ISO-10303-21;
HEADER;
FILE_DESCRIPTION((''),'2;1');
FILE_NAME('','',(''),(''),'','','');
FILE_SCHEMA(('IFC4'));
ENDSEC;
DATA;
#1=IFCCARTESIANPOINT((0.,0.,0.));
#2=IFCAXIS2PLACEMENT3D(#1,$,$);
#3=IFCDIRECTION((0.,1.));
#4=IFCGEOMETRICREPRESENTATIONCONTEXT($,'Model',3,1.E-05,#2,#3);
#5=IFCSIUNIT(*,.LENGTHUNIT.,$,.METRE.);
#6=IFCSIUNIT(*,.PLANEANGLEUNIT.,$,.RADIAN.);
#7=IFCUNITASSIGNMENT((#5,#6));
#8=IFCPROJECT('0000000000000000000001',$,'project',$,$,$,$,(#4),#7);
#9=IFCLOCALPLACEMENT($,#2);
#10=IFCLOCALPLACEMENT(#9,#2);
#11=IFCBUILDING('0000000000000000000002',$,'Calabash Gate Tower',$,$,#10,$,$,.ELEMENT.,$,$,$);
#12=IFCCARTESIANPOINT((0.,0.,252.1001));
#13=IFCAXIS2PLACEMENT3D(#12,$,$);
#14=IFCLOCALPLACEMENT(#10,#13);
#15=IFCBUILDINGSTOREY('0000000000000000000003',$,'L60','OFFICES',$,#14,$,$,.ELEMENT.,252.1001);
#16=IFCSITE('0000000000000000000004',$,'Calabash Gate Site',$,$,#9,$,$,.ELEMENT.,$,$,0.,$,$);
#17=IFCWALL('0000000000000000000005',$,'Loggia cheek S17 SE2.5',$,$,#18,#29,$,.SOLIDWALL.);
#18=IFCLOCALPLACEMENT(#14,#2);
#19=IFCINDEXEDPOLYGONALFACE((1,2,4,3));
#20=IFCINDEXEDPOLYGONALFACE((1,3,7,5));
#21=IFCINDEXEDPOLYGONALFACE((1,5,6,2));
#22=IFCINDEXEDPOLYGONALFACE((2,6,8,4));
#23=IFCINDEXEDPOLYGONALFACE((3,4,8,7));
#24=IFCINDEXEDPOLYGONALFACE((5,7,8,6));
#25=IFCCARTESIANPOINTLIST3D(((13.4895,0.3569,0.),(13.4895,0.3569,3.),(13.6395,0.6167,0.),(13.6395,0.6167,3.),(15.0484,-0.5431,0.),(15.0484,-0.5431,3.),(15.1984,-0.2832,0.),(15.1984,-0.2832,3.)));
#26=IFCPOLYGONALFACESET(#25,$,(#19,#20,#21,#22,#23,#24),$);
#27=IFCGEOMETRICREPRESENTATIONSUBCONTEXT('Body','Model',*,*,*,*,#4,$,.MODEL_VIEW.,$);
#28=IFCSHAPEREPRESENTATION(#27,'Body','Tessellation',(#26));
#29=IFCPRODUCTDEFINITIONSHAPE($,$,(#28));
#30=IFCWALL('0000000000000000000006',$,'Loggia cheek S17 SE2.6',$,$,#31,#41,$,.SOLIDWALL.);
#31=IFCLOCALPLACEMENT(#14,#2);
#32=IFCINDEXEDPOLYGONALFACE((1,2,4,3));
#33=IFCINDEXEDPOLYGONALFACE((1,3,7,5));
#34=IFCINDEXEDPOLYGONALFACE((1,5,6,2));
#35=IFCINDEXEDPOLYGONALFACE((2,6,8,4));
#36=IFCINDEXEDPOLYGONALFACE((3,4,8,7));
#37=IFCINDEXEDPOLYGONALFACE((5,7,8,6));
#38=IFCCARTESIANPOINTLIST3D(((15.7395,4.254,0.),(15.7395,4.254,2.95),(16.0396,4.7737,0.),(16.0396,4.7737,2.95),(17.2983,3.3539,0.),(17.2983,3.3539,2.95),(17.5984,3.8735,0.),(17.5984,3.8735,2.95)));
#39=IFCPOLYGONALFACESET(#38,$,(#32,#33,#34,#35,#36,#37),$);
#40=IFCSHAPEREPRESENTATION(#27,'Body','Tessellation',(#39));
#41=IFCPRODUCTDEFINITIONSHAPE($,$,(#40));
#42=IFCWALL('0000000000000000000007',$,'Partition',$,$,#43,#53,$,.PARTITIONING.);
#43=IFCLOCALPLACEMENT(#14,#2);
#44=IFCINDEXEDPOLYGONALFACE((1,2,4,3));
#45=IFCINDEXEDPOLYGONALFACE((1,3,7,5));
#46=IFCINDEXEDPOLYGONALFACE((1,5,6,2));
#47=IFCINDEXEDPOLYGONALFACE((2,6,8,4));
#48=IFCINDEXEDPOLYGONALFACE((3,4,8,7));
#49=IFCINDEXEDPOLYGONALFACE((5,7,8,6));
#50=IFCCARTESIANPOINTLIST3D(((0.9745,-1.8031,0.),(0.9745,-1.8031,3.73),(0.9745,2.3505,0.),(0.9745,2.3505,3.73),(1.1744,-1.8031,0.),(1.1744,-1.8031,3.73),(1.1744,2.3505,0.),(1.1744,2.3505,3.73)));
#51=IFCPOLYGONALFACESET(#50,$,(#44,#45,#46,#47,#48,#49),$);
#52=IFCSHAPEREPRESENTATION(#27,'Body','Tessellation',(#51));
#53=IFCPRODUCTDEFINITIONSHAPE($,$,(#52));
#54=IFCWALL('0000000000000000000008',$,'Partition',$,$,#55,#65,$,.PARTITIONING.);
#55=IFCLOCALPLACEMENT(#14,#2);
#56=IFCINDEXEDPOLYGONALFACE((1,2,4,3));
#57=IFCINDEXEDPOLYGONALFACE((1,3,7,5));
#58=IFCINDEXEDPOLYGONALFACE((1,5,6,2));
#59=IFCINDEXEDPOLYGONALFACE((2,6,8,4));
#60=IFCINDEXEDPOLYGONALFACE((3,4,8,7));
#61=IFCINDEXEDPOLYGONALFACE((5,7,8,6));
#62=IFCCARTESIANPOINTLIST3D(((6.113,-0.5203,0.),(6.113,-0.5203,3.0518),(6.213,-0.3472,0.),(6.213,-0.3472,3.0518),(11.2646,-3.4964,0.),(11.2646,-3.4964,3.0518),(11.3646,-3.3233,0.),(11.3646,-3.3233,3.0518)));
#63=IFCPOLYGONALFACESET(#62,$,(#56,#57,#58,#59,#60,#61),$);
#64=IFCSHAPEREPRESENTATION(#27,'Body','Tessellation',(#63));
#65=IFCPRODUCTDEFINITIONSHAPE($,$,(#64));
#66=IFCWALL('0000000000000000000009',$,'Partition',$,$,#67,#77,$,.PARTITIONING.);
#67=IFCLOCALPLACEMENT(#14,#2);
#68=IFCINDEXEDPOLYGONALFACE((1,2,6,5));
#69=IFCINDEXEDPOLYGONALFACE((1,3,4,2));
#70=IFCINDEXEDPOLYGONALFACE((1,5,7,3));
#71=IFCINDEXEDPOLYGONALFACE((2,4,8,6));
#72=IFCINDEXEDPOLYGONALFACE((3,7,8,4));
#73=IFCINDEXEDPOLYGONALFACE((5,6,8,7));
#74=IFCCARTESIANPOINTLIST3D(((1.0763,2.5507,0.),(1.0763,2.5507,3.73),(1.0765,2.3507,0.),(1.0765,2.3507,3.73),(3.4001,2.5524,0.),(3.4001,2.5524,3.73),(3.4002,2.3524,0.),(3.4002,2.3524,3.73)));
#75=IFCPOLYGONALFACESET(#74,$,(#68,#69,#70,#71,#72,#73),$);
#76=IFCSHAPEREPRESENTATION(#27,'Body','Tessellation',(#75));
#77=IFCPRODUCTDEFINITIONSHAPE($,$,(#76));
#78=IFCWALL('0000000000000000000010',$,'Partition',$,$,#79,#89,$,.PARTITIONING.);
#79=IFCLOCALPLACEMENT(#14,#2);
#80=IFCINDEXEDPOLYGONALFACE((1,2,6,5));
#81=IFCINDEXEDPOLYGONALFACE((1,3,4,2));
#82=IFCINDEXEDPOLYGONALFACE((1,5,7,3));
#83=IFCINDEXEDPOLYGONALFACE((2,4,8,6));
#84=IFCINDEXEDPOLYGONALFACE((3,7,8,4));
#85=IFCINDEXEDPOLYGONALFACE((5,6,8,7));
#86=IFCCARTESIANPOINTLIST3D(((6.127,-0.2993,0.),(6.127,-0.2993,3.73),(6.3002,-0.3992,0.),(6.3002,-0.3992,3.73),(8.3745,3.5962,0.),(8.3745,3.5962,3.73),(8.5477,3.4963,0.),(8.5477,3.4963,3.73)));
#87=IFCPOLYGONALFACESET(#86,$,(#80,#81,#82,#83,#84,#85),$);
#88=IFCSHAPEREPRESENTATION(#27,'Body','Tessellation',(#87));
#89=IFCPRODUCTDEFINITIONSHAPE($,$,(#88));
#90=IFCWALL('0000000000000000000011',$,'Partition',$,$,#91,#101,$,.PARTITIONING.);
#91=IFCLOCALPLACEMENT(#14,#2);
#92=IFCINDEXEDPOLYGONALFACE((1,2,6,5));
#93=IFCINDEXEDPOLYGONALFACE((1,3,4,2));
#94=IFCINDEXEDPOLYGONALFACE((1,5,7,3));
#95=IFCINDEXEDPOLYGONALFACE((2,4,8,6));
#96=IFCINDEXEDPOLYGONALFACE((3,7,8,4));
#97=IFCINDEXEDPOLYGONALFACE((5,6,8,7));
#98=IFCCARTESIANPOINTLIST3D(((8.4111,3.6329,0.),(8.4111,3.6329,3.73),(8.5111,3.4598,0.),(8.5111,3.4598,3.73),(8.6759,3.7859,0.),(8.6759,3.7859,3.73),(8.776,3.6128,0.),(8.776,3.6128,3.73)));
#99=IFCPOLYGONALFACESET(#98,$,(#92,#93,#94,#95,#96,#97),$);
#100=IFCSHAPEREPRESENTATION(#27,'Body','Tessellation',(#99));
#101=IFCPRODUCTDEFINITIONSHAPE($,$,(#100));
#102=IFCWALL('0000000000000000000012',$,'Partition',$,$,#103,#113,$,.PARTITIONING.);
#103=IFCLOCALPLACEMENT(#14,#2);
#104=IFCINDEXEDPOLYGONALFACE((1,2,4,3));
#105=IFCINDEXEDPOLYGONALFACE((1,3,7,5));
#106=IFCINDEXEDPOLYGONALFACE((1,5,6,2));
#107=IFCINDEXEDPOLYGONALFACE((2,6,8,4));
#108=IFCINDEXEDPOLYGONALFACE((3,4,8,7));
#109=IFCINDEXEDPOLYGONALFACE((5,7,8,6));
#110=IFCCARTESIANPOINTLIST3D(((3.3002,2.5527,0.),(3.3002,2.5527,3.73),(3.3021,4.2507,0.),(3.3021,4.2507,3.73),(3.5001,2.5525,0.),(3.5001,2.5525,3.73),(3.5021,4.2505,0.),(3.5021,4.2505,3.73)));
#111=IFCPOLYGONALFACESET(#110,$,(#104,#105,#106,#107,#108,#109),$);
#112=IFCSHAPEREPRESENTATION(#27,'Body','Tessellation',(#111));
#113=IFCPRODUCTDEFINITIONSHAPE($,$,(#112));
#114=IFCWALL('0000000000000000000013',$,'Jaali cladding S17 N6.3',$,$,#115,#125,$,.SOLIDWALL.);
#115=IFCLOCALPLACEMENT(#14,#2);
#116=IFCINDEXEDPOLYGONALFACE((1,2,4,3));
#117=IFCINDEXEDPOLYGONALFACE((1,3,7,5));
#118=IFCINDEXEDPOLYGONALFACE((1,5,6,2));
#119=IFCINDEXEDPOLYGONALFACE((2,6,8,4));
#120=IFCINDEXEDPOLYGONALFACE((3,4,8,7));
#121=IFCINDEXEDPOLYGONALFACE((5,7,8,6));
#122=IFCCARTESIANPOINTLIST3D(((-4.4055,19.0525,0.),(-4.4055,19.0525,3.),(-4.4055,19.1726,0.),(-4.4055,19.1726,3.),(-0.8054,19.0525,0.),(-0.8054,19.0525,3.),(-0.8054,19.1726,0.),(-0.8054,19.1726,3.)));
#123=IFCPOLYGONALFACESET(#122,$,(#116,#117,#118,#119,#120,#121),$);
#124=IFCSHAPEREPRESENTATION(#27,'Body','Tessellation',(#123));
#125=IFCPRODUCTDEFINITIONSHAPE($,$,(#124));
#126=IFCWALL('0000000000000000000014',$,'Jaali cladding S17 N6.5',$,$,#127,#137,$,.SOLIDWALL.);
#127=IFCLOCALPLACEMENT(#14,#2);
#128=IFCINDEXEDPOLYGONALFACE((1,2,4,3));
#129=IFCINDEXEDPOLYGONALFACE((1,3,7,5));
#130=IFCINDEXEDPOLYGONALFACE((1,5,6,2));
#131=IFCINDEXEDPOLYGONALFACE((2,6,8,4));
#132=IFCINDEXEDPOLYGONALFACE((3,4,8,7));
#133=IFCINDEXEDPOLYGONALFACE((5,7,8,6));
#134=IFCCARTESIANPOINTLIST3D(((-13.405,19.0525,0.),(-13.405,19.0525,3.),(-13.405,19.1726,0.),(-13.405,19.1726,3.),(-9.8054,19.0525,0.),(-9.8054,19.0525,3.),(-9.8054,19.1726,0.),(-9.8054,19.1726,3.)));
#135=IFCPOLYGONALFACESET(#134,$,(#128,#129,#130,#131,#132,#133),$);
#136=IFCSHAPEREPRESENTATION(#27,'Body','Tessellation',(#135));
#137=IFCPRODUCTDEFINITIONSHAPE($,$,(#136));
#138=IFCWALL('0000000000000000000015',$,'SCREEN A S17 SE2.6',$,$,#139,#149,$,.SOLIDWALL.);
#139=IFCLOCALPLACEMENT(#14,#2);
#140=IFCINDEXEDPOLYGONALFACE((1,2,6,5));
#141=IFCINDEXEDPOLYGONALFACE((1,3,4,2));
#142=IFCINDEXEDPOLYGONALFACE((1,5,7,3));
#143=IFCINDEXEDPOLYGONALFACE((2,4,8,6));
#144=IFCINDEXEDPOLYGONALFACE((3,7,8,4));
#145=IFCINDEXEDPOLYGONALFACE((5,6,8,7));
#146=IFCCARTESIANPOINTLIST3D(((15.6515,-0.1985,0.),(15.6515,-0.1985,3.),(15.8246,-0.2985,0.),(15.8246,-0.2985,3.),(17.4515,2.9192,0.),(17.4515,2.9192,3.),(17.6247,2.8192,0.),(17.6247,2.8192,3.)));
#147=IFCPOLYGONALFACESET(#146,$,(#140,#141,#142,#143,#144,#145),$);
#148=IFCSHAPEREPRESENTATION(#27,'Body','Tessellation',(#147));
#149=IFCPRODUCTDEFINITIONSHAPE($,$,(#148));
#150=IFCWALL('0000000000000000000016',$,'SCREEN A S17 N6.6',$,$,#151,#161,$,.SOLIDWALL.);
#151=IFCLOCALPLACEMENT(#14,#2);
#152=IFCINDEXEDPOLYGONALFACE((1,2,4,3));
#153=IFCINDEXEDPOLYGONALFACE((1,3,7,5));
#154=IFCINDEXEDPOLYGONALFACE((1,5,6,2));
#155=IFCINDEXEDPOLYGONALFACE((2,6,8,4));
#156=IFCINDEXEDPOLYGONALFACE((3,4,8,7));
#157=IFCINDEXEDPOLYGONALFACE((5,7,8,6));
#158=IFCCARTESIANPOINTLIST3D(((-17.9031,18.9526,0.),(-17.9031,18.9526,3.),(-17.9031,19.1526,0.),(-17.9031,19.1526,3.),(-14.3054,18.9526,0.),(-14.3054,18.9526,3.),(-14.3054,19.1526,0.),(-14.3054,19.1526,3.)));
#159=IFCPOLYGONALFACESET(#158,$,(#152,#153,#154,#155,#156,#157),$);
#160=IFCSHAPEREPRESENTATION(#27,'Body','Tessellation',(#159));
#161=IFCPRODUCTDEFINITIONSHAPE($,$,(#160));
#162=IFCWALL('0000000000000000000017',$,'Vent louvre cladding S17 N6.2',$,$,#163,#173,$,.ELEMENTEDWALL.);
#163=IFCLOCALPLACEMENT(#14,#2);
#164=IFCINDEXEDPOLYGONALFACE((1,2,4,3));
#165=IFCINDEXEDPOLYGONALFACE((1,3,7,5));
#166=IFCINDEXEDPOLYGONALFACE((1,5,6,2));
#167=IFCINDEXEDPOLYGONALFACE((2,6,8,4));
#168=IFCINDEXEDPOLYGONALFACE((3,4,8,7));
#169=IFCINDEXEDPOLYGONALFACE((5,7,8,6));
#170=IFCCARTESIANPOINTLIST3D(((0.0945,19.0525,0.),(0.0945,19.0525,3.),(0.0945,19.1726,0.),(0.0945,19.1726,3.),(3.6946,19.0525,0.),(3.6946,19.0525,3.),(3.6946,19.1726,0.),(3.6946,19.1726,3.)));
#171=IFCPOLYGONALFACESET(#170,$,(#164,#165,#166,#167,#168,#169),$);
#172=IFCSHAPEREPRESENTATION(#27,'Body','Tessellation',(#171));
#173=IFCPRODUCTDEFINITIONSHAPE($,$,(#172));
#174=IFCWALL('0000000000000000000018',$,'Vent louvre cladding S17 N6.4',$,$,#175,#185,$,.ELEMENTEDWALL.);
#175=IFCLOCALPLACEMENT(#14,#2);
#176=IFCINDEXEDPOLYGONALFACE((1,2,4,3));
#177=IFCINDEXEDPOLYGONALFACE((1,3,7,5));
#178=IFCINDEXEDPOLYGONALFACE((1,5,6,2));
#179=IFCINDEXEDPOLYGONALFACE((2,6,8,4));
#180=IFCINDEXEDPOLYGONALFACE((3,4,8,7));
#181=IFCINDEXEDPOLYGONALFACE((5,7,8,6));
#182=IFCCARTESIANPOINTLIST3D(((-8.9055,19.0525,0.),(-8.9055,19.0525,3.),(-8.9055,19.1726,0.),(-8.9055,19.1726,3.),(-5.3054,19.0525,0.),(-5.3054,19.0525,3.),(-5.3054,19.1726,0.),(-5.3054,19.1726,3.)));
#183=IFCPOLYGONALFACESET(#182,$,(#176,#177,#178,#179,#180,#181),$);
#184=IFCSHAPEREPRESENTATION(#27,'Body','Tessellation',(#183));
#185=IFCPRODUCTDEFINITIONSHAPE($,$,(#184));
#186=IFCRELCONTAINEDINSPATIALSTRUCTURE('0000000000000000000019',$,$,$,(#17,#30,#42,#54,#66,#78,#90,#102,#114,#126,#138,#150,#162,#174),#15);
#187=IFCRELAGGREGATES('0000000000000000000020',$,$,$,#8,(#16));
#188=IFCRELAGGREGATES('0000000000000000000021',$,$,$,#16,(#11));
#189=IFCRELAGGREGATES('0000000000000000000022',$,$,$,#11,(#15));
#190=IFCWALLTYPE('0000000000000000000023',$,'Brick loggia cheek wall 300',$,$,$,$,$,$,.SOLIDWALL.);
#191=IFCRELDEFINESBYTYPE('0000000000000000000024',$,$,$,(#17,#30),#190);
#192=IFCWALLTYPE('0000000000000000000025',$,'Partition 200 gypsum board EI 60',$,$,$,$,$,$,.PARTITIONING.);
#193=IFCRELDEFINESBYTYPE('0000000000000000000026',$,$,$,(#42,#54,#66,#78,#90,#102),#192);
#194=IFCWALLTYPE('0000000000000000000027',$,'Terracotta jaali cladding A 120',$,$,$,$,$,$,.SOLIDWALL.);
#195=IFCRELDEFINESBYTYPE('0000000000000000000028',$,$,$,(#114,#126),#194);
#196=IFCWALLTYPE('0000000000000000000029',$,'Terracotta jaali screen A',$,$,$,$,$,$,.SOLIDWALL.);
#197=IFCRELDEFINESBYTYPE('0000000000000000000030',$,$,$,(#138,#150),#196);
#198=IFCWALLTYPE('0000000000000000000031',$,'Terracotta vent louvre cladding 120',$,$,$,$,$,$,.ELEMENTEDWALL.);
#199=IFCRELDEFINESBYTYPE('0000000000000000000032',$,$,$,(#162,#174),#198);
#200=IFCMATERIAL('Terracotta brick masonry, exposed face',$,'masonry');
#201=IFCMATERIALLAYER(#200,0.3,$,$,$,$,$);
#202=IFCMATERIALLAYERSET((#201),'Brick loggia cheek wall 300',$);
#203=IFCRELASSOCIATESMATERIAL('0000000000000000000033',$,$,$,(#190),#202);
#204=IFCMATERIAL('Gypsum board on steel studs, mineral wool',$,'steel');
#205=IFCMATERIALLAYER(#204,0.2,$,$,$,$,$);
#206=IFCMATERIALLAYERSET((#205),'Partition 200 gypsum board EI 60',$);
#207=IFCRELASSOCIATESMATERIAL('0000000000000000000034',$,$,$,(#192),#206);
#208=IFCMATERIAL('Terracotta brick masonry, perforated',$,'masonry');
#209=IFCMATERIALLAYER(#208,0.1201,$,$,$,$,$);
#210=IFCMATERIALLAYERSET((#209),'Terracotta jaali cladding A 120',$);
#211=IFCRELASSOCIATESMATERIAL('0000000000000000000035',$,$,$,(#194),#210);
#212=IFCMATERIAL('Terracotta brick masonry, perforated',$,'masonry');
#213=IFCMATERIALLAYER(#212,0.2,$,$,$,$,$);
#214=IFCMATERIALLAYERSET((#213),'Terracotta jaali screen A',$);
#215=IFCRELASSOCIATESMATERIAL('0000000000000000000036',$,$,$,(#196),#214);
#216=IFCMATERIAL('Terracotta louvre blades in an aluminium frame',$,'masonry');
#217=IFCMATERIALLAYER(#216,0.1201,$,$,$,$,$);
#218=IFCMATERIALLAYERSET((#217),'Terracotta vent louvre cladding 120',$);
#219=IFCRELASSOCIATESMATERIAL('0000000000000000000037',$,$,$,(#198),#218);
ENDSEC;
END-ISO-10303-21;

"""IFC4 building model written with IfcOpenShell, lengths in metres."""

from ifc_helpers import new_model, si_unit, direction, frame, frame_2d, origin, place, context, subcontext, project, spatial, polyline, rectangle, outline, extrude, material, layer, layer_set, type_object, element, save


model = new_model("IFC4")

# Units and contexts
model_context = context("Model", 3, precision=1e-05, world=origin(), true_north=direction((0.0, 1.0)))
body_context = subcontext(model_context, "Body", "Model", "MODEL_VIEW")
ifc_project = project(units=[si_unit("LENGTHUNIT", "METRE"), si_unit("PLANEANGLEUNIT", "RADIAN")], contexts=[model_context])

# Site, building, storey
site_placement = place(None, origin())
site = spatial("IfcSite", under=ifc_project, at=site_placement, Name="Calabash Gate Site", CompositionType="ELEMENT", RefElevation=0.0)
building_placement = place(site_placement, origin())
building = spatial("IfcBuilding", under=site, at=building_placement, Name="Calabash Gate Tower", CompositionType="ELEMENT")
storey_placement = place(building_placement, frame((0.0, 0.0, 252.1001)))
storey = spatial("IfcBuildingStorey", under=building, at=storey_placement, Name="L60", Description="OFFICES", CompositionType="ELEMENT", Elevation=252.1001)

# Walls
ifc_material_1 = material(Name="Terracotta brick masonry, exposed face", Category="masonry")
ifc_layer_1 = layer(ifc_material_1, 0.3)
ifc_layer_set_1 = layer_set([ifc_layer_1], Name="Brick loggia cheek wall 300")
wall_type_1 = type_object("IfcWallType", Name="Brick loggia cheek wall 300", PredefinedType="SOLIDWALL", material=ifc_layer_set_1)
wall_1_placement = place(storey_placement, frame((15.1233, -0.4131, 0.0), z_axis=(0.0, 0.0, 1.0), x_axis=(-0.866048, 0.499961, 0.0)))
element("IfcWall", 1, at=wall_1_placement, inside=storey, type_object=wall_type_1, Name="Loggia cheek S17 SE2.5", PredefinedType="SOLIDWALL", context=body_context, shape_type="SweptSolid", body=[
    extrude(rectangle(XDim=1.8, YDim=0.3, at=frame_2d((0.8999, 0.0))), origin(), (0.0, 0.0, 1.0), 3.0),
])
wall_2_placement = place(storey_placement, frame((17.4482, 3.6138, 0.0), z_axis=(0.0, 0.0, 1.0), x_axis=(-0.865989, 0.500063, 0.0)))
element("IfcWall", 2, at=wall_2_placement, inside=storey, type_object=wall_type_1, Name="Loggia cheek S17 SE2.6", PredefinedType="SOLIDWALL", context=body_context, shape_type="SweptSolid", body=[
    extrude(rectangle(XDim=1.8, YDim=0.6001, at=frame_2d((0.8999, 0.0))), origin(), (0.0, 0.0, 1.0), 2.95),
])
ifc_material_2 = material(Name="Gypsum board on steel studs, mineral wool", Category="steel")
ifc_layer_2 = layer(ifc_material_2, 0.2)
ifc_layer_set_2 = layer_set([ifc_layer_2], Name="Partition 200 gypsum board EI 60")
wall_type_2 = type_object("IfcWallType", Name="Partition 200 gypsum board EI 60", PredefinedType="PARTITIONING", material=ifc_layer_set_2)
wall_3_placement = place(storey_placement, frame((1.0745, -1.803, 0.0), z_axis=(0.0, 0.0, 1.0), x_axis=(0.0, 1.0, 0.0)))
element("IfcWall", 3, at=wall_3_placement, inside=storey, type_object=wall_type_2, Name="Partition", PredefinedType="PARTITIONING", context=body_context, shape_type="SweptSolid", body=[
    extrude(rectangle(XDim=4.1536, YDim=0.2, at=frame_2d((2.0767, 0.0))), origin(), (0.0, 0.0, 1.0), 3.73),
])
wall_4_placement = place(storey_placement, frame((6.1631, -0.4338, 0.0), z_axis=(0.0, 0.0, 1.0), x_axis=(0.865895, -0.500226, 0.0)))
element("IfcWall", 4, at=wall_4_placement, inside=storey, type_object=wall_type_2, Name="Partition", PredefinedType="PARTITIONING", context=body_context, shape_type="SweptSolid", body=[
    extrude(rectangle(XDim=5.9495, YDim=0.2, at=frame_2d((2.9746, 0.0))), origin(), (0.0, 0.0, 1.0), 3.0518),
])
wall_5_placement = place(storey_placement, frame((1.0764, 2.4507, 0.0), z_axis=(0.0, 0.0, 1.0), x_axis=(1.0, 0.000735, 0.0)))
element("IfcWall", 5, at=wall_5_placement, inside=storey, type_object=wall_type_2, Name="Partition", PredefinedType="PARTITIONING", context=body_context, shape_type="SweptSolid", body=[
    extrude(rectangle(XDim=2.3237, YDim=0.2, at=frame_2d((1.1619, 0.0))), origin(), (0.0, 0.0, 1.0), 3.73),
])
wall_6_placement = place(storey_placement, frame((6.2136, -0.3491, 0.0), z_axis=(0.0, 0.0, 1.0), x_axis=(0.499748, 0.866171, 0.0)))
element("IfcWall", 6, at=wall_6_placement, inside=storey, type_object=wall_type_2, Name="Partition", PredefinedType="PARTITIONING", context=body_context, shape_type="SweptSolid", body=[
    extrude(rectangle(XDim=4.4973, YDim=0.2, at=frame_2d((2.2485, 0.0))), origin(), (0.0, 0.0, 1.0), 3.73),
])
wall_7_placement = place(storey_placement, frame((8.4612, 3.5464, 0.0), z_axis=(0.0, 0.0, 1.0), x_axis=(0.865827, 0.500344, 0.0)))
element("IfcWall", 7, at=wall_7_placement, inside=storey, type_object=wall_type_2, Name="Partition", PredefinedType="PARTITIONING", context=body_context, shape_type="SweptSolid", body=[
    extrude(rectangle(XDim=0.3059, YDim=0.2, at=frame_2d((0.1528, 0.0))), origin(), (0.0, 0.0, 1.0), 3.73),
])
wall_8_placement = place(storey_placement, frame((3.4001, 2.5525, 0.0), z_axis=(0.0, 0.0, 1.0), x_axis=(0.00115, 0.999999, 0.0)))
element("IfcWall", 8, at=wall_8_placement, inside=storey, type_object=wall_type_2, Name="Partition", PredefinedType="PARTITIONING", context=body_context, shape_type="SweptSolid", body=[
    extrude(rectangle(XDim=1.698, YDim=0.2, at=frame_2d((0.8491, 0.0))), origin(), (0.0, 0.0, 1.0), 3.73),
])
ifc_material_3 = material(Name="Terracotta brick masonry, perforated", Category="masonry")
ifc_layer_3 = layer(ifc_material_3, 0.1201)
ifc_layer_set_3 = layer_set([ifc_layer_3], Name="Terracotta jaali cladding A 120")
wall_type_3 = type_object("IfcWallType", Name="Terracotta jaali cladding A 120", PredefinedType="SOLIDWALL", material=ifc_layer_set_3)
wall_9_placement = place(storey_placement, origin())
element("IfcWall", 9, at=wall_9_placement, inside=storey, type_object=wall_type_3, Name="Jaali cladding S17 N6.3", PredefinedType="SOLIDWALL", context=body_context, shape_type="SweptSolid", body=[
    extrude(outline(polyline([(-4.4055, 19.1726), (-4.4055, 19.0525), (-0.8054, 19.0525), (-0.8054, 19.1726), (-4.4055, 19.1726)])), origin(), (0.0, 0.0, 1.0), 3.0),
])
wall_10_placement = place(storey_placement, origin())
element("IfcWall", 10, at=wall_10_placement, inside=storey, type_object=wall_type_3, Name="Jaali cladding S17 N6.5", PredefinedType="SOLIDWALL", context=body_context, shape_type="SweptSolid", body=[
    extrude(outline(polyline([(-13.405, 19.1726), (-13.405, 19.0525), (-9.8054, 19.0525), (-9.8054, 19.1726), (-13.405, 19.1726)])), origin(), (0.0, 0.0, 1.0), 3.0),
])
ifc_material_4 = material(Name="Terracotta brick masonry, perforated", Category="masonry")
ifc_layer_4 = layer(ifc_material_4, 0.2)
ifc_layer_set_4 = layer_set([ifc_layer_4], Name="Terracotta jaali screen A")
wall_type_4 = type_object("IfcWallType", Name="Terracotta jaali screen A", PredefinedType="SOLIDWALL", material=ifc_layer_set_4)
wall_11_placement = place(storey_placement, frame((15.738, -0.2485, 0.0), z_axis=(0.0, 0.0, 1.0), x_axis=(0.500012, 0.866018, 0.0)))
element("IfcWall", 11, at=wall_11_placement, inside=storey, type_object=wall_type_4, Name="SCREEN A S17 SE2.6", PredefinedType="SOLIDWALL", context=body_context, shape_type="SweptSolid", body=[
    extrude(rectangle(XDim=3.6001, YDim=0.2, at=frame_2d((1.8, 0.0))), origin(), (0.0, 0.0, 1.0), 3.0),
])
wall_12_placement = place(storey_placement, origin())
element("IfcWall", 12, at=wall_12_placement, inside=storey, type_object=wall_type_4, Name="SCREEN A S17 N6.6", PredefinedType="SOLIDWALL", context=body_context, shape_type="SweptSolid", body=[
    extrude(outline(polyline([(-14.3054, 19.1526), (-17.9031, 19.1526), (-17.9031, 18.9526), (-14.3054, 18.9526), (-14.3054, 19.1526)])), origin(), (0.0, 0.0, 1.0), 3.0),
])
ifc_material_5 = material(Name="Terracotta louvre blades in an aluminium frame", Category="masonry")
ifc_layer_5 = layer(ifc_material_5, 0.1201)
ifc_layer_set_5 = layer_set([ifc_layer_5], Name="Terracotta vent louvre cladding 120")
wall_type_5 = type_object("IfcWallType", Name="Terracotta vent louvre cladding 120", PredefinedType="ELEMENTEDWALL", material=ifc_layer_set_5)
wall_13_placement = place(storey_placement, origin())
element("IfcWall", 13, at=wall_13_placement, inside=storey, type_object=wall_type_5, Name="Vent louvre cladding S17 N6.2", PredefinedType="ELEMENTEDWALL", context=body_context, shape_type="SweptSolid", body=[
    extrude(outline(polyline([(0.0945, 19.1726), (0.0945, 19.0525), (3.6946, 19.0525), (3.6946, 19.1726), (0.0945, 19.1726)])), origin(), (0.0, 0.0, 1.0), 3.0),
])
wall_14_placement = place(storey_placement, origin())
element("IfcWall", 14, at=wall_14_placement, inside=storey, type_object=wall_type_5, Name="Vent louvre cladding S17 N6.4", PredefinedType="ELEMENTEDWALL", context=body_context, shape_type="SweptSolid", body=[
    extrude(outline(polyline([(-8.9055, 19.1726), (-8.9055, 19.0525), (-5.3054, 19.0525), (-5.3054, 19.1726), (-8.9055, 19.1726)])), origin(), (0.0, 0.0, 1.0), 3.0),
])

save(model, "model.ifc")
